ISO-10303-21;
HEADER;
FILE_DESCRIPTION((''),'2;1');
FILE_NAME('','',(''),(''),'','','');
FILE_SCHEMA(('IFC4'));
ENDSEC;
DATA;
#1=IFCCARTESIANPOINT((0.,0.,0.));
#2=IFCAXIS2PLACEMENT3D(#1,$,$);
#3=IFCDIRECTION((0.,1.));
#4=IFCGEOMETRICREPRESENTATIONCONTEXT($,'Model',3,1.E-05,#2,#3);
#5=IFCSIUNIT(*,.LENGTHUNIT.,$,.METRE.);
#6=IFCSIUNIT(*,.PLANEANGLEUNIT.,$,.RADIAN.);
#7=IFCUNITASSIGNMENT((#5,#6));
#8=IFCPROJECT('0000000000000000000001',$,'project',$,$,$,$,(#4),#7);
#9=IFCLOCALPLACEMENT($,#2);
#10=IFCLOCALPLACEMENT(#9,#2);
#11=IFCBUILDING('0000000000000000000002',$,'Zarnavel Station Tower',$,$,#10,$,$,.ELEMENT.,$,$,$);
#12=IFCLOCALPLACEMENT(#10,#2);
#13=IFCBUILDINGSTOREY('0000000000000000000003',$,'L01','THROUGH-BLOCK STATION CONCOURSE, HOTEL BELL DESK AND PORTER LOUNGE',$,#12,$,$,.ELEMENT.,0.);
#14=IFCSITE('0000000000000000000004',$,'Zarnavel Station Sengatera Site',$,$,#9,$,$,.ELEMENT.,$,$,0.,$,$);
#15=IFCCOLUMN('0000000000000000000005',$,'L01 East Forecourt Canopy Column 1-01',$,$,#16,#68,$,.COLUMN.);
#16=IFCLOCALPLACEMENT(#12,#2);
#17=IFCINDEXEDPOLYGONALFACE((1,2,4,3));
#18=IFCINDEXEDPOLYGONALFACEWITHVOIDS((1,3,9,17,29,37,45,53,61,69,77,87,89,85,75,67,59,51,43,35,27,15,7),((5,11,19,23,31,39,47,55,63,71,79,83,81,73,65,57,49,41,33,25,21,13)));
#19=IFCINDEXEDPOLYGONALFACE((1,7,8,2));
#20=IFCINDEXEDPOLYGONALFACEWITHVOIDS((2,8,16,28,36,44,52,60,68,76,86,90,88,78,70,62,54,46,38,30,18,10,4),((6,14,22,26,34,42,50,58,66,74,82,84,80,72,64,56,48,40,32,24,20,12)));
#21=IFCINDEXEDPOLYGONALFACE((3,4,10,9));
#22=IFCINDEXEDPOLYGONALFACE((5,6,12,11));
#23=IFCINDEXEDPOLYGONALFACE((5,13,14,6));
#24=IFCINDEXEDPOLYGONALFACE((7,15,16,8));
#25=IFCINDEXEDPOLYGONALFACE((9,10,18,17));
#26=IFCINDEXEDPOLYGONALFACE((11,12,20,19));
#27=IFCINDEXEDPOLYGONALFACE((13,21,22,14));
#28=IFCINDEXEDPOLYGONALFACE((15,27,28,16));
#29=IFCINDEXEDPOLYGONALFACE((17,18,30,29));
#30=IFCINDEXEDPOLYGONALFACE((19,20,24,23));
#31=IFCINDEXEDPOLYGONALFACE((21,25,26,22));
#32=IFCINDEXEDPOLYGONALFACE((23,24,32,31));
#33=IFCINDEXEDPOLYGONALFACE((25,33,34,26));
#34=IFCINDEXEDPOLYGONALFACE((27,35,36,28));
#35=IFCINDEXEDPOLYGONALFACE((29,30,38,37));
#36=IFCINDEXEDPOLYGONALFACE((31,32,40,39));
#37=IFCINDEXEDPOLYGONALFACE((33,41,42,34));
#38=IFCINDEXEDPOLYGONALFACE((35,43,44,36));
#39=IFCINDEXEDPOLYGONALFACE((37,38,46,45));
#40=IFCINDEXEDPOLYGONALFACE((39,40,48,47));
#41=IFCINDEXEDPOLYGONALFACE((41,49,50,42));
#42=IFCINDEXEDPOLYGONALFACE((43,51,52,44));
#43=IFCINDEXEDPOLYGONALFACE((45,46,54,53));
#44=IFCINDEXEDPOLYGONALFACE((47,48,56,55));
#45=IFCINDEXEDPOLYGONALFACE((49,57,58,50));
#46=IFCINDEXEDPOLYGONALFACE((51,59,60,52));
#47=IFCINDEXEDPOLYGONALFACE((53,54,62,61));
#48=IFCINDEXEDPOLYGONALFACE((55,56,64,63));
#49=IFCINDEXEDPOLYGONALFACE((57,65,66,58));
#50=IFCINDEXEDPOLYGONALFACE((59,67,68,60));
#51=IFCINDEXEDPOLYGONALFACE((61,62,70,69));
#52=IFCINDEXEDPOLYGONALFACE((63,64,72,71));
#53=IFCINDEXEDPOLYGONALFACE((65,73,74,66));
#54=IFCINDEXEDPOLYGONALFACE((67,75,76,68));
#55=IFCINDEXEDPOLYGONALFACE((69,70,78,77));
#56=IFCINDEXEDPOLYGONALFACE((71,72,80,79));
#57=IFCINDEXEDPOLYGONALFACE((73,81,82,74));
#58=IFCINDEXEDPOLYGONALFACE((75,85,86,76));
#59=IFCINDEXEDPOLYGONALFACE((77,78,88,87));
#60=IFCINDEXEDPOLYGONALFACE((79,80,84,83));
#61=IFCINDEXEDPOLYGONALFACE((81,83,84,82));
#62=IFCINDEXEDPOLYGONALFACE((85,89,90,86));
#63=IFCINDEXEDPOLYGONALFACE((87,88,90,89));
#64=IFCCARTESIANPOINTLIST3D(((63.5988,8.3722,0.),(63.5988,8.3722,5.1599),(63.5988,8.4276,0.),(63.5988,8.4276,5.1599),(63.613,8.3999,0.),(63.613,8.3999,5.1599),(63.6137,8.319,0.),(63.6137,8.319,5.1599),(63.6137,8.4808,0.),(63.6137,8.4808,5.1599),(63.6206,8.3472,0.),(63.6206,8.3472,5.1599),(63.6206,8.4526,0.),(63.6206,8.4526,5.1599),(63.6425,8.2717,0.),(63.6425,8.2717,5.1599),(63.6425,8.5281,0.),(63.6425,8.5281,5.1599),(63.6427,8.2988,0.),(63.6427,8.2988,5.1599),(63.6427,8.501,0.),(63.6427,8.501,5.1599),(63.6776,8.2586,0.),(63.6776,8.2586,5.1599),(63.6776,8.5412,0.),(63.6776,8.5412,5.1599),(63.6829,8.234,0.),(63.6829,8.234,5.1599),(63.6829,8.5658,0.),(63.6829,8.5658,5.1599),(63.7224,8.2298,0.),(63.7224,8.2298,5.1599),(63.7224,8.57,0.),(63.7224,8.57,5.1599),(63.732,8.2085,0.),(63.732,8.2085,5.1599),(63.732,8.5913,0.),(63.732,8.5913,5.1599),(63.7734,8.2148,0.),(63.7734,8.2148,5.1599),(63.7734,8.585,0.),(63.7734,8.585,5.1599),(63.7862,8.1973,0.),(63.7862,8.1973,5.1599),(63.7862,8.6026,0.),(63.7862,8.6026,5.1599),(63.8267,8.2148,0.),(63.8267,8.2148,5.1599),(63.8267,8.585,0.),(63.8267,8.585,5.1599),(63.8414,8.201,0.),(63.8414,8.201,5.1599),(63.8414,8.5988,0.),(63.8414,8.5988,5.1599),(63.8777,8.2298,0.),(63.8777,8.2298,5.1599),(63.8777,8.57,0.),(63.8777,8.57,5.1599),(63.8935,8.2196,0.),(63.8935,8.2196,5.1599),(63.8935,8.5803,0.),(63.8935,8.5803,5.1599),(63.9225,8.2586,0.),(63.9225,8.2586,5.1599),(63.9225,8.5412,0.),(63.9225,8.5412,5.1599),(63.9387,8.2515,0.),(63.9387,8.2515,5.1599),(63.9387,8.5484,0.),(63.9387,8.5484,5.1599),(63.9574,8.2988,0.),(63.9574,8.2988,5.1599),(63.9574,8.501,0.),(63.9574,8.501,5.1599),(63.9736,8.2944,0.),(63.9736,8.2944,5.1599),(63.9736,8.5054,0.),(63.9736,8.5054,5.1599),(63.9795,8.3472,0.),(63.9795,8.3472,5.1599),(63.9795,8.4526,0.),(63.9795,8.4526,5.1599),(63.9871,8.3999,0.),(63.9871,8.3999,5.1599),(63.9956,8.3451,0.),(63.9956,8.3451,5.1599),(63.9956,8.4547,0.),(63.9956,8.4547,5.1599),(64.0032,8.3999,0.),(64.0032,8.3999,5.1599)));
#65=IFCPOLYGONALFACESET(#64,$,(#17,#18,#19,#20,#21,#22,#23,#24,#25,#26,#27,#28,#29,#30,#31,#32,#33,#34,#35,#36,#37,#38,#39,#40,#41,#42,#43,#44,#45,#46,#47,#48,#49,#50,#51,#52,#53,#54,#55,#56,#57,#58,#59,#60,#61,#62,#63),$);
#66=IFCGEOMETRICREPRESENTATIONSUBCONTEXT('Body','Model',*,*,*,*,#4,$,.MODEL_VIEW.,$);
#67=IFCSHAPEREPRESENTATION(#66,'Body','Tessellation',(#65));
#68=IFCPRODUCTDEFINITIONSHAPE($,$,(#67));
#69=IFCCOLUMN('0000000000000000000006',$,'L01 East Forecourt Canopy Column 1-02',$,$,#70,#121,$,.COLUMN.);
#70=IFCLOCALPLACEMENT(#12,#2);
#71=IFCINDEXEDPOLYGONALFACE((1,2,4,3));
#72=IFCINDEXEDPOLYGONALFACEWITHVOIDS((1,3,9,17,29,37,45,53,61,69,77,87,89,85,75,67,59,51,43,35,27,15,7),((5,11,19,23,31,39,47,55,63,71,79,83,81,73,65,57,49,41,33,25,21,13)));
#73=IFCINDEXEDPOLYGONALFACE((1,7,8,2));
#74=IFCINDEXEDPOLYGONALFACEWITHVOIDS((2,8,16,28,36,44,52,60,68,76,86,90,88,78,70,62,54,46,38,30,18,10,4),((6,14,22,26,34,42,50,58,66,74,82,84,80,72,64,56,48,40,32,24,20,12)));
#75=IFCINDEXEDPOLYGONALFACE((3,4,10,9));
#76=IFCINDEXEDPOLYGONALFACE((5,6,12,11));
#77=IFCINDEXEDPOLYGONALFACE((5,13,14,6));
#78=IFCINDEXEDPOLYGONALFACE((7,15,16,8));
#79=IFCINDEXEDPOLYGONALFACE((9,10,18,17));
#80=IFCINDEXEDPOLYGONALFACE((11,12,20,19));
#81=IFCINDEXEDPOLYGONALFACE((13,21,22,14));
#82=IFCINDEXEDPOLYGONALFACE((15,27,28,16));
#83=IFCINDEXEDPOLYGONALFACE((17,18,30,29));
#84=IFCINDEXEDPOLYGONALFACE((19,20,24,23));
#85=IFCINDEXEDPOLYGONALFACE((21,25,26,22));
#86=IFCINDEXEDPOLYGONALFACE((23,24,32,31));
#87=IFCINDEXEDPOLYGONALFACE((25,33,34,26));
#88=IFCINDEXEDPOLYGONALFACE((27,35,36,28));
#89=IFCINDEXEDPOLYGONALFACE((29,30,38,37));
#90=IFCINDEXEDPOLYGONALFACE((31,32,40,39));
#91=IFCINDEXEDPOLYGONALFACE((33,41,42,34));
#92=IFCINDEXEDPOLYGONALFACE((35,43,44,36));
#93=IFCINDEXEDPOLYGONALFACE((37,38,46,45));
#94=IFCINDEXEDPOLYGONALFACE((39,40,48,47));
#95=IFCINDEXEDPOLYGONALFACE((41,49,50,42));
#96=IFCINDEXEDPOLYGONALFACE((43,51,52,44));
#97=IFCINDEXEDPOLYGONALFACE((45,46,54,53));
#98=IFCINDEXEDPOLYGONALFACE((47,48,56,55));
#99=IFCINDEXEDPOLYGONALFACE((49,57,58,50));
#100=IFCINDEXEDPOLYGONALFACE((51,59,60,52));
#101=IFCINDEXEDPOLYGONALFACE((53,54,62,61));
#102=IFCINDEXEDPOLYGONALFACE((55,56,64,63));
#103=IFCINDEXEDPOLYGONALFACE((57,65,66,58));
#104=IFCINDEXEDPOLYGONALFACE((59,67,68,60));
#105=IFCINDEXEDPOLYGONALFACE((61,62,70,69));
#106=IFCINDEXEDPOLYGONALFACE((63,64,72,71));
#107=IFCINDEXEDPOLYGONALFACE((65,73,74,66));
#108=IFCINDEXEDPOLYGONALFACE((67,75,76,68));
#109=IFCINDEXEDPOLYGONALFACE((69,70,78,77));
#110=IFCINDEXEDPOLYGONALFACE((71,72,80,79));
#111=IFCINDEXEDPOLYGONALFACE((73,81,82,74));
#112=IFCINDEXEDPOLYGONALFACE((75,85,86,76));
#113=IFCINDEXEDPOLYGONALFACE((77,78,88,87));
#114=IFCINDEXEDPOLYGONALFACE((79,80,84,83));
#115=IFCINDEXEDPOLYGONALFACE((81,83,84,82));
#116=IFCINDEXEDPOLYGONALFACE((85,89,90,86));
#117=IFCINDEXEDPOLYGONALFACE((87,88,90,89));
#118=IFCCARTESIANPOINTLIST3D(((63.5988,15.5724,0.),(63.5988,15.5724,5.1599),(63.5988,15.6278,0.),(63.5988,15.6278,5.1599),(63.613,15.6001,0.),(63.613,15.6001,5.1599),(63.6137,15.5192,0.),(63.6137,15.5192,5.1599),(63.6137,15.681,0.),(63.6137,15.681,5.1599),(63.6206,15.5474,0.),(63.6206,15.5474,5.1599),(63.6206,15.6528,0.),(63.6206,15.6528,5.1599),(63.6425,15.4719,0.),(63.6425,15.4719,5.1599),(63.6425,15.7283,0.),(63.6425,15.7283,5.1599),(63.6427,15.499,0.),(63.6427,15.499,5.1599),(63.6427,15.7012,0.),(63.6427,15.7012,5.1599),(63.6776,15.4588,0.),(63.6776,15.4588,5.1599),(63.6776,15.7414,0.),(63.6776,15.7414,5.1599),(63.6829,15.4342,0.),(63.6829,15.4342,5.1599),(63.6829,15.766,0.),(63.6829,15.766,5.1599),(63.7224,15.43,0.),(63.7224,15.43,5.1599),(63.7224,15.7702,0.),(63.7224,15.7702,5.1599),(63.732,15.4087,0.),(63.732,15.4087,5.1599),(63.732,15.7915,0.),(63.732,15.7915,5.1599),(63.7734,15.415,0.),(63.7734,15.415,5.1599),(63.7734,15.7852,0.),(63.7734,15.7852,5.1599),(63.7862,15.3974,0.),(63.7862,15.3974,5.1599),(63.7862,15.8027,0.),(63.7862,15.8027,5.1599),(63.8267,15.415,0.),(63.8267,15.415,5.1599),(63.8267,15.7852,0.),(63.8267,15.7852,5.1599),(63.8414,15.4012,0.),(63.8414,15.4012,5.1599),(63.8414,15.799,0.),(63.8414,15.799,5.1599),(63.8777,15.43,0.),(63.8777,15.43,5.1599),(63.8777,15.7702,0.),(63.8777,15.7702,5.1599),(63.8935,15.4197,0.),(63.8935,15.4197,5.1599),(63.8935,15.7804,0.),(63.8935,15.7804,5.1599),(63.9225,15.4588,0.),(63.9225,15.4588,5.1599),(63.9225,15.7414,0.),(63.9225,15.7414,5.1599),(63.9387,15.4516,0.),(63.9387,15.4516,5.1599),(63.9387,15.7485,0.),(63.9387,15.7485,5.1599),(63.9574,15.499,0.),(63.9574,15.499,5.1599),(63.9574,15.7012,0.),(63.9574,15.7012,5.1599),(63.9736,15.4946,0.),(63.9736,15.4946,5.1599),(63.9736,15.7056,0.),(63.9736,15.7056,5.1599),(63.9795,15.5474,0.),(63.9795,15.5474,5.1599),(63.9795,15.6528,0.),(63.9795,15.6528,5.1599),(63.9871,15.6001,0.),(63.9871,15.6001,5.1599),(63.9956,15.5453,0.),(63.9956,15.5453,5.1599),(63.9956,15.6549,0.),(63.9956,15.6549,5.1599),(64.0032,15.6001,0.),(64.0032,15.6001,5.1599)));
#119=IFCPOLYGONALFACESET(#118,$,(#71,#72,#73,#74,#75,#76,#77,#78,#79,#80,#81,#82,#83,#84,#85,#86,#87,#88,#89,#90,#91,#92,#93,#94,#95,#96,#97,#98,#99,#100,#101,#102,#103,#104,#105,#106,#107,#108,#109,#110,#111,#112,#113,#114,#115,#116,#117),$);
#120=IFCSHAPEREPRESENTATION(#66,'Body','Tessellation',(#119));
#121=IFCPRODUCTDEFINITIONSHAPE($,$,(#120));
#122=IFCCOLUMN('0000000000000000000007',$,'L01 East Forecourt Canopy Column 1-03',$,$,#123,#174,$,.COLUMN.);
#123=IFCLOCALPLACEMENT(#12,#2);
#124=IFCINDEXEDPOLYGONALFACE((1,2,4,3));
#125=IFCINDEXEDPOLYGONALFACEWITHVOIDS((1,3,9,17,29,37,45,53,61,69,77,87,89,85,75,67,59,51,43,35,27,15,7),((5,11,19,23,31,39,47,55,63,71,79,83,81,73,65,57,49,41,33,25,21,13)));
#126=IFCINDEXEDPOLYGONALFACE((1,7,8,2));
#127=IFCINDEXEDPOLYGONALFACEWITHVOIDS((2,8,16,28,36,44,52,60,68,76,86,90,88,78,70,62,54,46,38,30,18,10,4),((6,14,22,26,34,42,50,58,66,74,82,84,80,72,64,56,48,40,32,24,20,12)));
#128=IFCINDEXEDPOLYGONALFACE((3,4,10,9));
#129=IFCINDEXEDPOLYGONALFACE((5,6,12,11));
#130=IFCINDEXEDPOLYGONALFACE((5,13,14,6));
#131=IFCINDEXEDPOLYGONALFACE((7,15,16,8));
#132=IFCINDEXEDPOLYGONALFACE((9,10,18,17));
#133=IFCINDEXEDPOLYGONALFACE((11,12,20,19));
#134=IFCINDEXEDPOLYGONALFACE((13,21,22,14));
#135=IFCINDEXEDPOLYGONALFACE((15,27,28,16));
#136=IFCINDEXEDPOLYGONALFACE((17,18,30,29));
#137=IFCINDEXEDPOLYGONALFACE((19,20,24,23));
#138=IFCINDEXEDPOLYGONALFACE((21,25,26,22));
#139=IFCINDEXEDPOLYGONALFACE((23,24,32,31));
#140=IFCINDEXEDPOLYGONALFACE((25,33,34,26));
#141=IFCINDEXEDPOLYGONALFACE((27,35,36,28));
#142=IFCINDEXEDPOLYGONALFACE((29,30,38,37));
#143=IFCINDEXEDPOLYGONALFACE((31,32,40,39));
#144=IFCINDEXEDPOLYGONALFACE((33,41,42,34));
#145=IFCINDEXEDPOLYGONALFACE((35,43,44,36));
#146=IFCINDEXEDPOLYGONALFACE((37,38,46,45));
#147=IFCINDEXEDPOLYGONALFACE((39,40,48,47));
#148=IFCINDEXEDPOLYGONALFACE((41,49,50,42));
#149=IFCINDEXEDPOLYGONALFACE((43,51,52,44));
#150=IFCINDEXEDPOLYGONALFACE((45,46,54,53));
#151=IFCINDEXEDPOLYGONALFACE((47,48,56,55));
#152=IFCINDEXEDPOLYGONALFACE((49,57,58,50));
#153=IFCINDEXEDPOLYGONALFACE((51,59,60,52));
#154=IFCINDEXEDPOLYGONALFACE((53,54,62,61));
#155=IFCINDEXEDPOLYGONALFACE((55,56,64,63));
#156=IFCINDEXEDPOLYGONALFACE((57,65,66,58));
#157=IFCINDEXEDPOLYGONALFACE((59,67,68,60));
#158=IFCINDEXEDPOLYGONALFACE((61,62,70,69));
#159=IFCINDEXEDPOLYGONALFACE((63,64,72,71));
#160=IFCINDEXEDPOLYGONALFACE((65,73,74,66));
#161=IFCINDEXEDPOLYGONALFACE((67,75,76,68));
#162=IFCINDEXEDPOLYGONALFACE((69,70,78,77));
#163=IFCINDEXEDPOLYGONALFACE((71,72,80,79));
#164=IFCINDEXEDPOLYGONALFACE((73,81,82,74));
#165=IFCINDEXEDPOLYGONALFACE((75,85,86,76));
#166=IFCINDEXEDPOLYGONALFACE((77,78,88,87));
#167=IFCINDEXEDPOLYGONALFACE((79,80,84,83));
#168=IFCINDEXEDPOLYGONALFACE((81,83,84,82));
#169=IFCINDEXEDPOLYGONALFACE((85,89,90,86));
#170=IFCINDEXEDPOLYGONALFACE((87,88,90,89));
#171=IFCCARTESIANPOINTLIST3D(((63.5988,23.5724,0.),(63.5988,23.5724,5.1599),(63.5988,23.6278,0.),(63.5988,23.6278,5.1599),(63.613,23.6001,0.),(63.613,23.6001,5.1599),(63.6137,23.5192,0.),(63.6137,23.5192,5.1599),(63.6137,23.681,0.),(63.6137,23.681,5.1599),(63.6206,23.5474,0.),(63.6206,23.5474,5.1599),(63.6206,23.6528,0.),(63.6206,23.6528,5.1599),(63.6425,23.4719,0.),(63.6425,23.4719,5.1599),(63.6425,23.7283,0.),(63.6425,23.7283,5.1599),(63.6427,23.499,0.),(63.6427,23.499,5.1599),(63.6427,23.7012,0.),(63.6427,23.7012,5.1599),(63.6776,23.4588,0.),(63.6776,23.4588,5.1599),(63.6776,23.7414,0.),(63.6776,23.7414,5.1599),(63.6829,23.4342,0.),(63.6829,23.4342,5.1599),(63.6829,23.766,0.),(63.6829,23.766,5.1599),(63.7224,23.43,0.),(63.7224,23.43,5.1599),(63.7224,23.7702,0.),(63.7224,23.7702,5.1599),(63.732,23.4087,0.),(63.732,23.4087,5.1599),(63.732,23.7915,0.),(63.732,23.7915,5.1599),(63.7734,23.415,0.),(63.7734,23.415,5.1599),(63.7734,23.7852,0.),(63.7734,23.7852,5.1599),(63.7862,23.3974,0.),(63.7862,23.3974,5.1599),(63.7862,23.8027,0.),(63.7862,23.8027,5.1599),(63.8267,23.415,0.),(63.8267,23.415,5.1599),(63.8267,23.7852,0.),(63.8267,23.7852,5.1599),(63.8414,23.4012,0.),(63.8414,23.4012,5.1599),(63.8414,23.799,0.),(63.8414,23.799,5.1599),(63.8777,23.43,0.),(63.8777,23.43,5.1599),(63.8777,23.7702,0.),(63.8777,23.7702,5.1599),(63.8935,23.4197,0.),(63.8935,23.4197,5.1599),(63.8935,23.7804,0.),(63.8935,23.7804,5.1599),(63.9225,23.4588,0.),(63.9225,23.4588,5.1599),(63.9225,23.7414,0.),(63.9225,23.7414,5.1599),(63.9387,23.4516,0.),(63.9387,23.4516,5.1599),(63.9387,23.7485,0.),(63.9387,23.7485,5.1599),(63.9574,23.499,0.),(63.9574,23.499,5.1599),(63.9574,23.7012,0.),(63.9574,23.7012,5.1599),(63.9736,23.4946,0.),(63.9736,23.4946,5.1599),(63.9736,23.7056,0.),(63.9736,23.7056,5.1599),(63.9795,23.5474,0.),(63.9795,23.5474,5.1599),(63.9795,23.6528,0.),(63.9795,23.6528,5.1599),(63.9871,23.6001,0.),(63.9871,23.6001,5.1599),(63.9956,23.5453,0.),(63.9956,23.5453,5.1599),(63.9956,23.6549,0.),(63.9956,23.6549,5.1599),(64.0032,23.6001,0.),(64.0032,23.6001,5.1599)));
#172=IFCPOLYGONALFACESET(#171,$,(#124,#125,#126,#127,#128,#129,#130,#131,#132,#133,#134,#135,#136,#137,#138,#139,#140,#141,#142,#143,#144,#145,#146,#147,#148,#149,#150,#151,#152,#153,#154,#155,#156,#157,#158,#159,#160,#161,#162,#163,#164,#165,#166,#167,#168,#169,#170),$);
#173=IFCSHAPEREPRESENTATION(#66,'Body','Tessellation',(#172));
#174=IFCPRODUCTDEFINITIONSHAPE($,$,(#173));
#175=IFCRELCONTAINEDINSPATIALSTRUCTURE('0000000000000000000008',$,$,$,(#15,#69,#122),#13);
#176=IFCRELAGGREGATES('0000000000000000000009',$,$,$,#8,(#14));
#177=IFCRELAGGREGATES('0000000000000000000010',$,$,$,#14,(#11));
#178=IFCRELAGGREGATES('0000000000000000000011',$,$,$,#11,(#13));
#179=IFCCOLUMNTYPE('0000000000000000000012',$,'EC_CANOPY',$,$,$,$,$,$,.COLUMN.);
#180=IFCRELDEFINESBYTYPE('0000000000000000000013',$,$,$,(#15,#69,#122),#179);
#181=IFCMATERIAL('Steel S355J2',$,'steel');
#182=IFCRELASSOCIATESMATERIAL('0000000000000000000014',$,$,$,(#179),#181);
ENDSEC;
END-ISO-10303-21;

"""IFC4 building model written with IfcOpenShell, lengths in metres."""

from ifc_helpers import new_model, si_unit, direction, frame, origin, origin_2d, place, context, subcontext, project, spatial, hollow_circle, extrude, material, material_profile, profile_set, type_object, element, save


model = new_model("IFC4")

# Units and contexts
model_context = context("Model", 3, precision=1e-05, world=origin(), true_north=direction((0.0, 1.0)))
body_context = subcontext(model_context, "Body", "Model", "MODEL_VIEW")
ifc_project = project(units=[si_unit("LENGTHUNIT", "METRE"), si_unit("PLANEANGLEUNIT", "RADIAN")], contexts=[model_context])

# Site, building, storey
site_placement = place(None, origin())
site = spatial("IfcSite", under=ifc_project, at=site_placement, Name="Zarnavel Station Sengatera Site", CompositionType="ELEMENT", RefElevation=0.0)
building_placement = place(site_placement, origin())
building = spatial("IfcBuilding", under=site, at=building_placement, Name="Zarnavel Station Tower", CompositionType="ELEMENT")
storey_placement = place(building_placement, origin())
storey = spatial("IfcBuildingStorey", under=building, at=storey_placement, Name="L01", Description="THROUGH-BLOCK STATION CONCOURSE, HOTEL BELL DESK AND PORTER LOUNGE", CompositionType="ELEMENT", Elevation=0.0)

# Columns
ifc_material_1 = material(Name="Steel S355J2", Category="steel")
ifc_material_profile_1 = material_profile(ifc_material_1, hollow_circle(Radius=0.2031, WallThickness=0.0161, at=origin_2d()), Name="CHS406.4x16")
ifc_profile_set_1 = profile_set([ifc_material_profile_1], Name="Steel S355J2")
column_type_1 = type_object("IfcColumnType", Name="EC_CANOPY", PredefinedType="COLUMN", material=ifc_profile_set_1)
for number, where, z_axis, x_axis, name in (
    (1, (63.8, 8.3999, 0.0), (0.0, 0.0, 1.0), (1.0, 0.0, 0.0), "L01 East Forecourt Canopy Column 1-01"),
    (2, (63.8, 15.6001, 0.0), (0.0, 0.0, 1.0), (1.0, 0.0, 0.0), "L01 East Forecourt Canopy Column 1-02"),
    (3, (63.8, 23.6001, 0.0), (0.0, 0.0, 1.0), (1.0, 0.0, 0.0), "L01 East Forecourt Canopy Column 1-03"),
):
    element("IfcColumn", number, at=place(storey_placement, frame(where, z_axis=z_axis, x_axis=x_axis)), inside=storey, type_object=column_type_1, Name=name, PredefinedType="COLUMN", context=body_context, shape_type="SweptSolid", body=[
        extrude(hollow_circle(Radius=0.2031, WallThickness=0.0161, at=origin_2d()), origin(), (0.0, 0.0, 1.0), 5.1599),
    ])

save(model, "model.ifc")
